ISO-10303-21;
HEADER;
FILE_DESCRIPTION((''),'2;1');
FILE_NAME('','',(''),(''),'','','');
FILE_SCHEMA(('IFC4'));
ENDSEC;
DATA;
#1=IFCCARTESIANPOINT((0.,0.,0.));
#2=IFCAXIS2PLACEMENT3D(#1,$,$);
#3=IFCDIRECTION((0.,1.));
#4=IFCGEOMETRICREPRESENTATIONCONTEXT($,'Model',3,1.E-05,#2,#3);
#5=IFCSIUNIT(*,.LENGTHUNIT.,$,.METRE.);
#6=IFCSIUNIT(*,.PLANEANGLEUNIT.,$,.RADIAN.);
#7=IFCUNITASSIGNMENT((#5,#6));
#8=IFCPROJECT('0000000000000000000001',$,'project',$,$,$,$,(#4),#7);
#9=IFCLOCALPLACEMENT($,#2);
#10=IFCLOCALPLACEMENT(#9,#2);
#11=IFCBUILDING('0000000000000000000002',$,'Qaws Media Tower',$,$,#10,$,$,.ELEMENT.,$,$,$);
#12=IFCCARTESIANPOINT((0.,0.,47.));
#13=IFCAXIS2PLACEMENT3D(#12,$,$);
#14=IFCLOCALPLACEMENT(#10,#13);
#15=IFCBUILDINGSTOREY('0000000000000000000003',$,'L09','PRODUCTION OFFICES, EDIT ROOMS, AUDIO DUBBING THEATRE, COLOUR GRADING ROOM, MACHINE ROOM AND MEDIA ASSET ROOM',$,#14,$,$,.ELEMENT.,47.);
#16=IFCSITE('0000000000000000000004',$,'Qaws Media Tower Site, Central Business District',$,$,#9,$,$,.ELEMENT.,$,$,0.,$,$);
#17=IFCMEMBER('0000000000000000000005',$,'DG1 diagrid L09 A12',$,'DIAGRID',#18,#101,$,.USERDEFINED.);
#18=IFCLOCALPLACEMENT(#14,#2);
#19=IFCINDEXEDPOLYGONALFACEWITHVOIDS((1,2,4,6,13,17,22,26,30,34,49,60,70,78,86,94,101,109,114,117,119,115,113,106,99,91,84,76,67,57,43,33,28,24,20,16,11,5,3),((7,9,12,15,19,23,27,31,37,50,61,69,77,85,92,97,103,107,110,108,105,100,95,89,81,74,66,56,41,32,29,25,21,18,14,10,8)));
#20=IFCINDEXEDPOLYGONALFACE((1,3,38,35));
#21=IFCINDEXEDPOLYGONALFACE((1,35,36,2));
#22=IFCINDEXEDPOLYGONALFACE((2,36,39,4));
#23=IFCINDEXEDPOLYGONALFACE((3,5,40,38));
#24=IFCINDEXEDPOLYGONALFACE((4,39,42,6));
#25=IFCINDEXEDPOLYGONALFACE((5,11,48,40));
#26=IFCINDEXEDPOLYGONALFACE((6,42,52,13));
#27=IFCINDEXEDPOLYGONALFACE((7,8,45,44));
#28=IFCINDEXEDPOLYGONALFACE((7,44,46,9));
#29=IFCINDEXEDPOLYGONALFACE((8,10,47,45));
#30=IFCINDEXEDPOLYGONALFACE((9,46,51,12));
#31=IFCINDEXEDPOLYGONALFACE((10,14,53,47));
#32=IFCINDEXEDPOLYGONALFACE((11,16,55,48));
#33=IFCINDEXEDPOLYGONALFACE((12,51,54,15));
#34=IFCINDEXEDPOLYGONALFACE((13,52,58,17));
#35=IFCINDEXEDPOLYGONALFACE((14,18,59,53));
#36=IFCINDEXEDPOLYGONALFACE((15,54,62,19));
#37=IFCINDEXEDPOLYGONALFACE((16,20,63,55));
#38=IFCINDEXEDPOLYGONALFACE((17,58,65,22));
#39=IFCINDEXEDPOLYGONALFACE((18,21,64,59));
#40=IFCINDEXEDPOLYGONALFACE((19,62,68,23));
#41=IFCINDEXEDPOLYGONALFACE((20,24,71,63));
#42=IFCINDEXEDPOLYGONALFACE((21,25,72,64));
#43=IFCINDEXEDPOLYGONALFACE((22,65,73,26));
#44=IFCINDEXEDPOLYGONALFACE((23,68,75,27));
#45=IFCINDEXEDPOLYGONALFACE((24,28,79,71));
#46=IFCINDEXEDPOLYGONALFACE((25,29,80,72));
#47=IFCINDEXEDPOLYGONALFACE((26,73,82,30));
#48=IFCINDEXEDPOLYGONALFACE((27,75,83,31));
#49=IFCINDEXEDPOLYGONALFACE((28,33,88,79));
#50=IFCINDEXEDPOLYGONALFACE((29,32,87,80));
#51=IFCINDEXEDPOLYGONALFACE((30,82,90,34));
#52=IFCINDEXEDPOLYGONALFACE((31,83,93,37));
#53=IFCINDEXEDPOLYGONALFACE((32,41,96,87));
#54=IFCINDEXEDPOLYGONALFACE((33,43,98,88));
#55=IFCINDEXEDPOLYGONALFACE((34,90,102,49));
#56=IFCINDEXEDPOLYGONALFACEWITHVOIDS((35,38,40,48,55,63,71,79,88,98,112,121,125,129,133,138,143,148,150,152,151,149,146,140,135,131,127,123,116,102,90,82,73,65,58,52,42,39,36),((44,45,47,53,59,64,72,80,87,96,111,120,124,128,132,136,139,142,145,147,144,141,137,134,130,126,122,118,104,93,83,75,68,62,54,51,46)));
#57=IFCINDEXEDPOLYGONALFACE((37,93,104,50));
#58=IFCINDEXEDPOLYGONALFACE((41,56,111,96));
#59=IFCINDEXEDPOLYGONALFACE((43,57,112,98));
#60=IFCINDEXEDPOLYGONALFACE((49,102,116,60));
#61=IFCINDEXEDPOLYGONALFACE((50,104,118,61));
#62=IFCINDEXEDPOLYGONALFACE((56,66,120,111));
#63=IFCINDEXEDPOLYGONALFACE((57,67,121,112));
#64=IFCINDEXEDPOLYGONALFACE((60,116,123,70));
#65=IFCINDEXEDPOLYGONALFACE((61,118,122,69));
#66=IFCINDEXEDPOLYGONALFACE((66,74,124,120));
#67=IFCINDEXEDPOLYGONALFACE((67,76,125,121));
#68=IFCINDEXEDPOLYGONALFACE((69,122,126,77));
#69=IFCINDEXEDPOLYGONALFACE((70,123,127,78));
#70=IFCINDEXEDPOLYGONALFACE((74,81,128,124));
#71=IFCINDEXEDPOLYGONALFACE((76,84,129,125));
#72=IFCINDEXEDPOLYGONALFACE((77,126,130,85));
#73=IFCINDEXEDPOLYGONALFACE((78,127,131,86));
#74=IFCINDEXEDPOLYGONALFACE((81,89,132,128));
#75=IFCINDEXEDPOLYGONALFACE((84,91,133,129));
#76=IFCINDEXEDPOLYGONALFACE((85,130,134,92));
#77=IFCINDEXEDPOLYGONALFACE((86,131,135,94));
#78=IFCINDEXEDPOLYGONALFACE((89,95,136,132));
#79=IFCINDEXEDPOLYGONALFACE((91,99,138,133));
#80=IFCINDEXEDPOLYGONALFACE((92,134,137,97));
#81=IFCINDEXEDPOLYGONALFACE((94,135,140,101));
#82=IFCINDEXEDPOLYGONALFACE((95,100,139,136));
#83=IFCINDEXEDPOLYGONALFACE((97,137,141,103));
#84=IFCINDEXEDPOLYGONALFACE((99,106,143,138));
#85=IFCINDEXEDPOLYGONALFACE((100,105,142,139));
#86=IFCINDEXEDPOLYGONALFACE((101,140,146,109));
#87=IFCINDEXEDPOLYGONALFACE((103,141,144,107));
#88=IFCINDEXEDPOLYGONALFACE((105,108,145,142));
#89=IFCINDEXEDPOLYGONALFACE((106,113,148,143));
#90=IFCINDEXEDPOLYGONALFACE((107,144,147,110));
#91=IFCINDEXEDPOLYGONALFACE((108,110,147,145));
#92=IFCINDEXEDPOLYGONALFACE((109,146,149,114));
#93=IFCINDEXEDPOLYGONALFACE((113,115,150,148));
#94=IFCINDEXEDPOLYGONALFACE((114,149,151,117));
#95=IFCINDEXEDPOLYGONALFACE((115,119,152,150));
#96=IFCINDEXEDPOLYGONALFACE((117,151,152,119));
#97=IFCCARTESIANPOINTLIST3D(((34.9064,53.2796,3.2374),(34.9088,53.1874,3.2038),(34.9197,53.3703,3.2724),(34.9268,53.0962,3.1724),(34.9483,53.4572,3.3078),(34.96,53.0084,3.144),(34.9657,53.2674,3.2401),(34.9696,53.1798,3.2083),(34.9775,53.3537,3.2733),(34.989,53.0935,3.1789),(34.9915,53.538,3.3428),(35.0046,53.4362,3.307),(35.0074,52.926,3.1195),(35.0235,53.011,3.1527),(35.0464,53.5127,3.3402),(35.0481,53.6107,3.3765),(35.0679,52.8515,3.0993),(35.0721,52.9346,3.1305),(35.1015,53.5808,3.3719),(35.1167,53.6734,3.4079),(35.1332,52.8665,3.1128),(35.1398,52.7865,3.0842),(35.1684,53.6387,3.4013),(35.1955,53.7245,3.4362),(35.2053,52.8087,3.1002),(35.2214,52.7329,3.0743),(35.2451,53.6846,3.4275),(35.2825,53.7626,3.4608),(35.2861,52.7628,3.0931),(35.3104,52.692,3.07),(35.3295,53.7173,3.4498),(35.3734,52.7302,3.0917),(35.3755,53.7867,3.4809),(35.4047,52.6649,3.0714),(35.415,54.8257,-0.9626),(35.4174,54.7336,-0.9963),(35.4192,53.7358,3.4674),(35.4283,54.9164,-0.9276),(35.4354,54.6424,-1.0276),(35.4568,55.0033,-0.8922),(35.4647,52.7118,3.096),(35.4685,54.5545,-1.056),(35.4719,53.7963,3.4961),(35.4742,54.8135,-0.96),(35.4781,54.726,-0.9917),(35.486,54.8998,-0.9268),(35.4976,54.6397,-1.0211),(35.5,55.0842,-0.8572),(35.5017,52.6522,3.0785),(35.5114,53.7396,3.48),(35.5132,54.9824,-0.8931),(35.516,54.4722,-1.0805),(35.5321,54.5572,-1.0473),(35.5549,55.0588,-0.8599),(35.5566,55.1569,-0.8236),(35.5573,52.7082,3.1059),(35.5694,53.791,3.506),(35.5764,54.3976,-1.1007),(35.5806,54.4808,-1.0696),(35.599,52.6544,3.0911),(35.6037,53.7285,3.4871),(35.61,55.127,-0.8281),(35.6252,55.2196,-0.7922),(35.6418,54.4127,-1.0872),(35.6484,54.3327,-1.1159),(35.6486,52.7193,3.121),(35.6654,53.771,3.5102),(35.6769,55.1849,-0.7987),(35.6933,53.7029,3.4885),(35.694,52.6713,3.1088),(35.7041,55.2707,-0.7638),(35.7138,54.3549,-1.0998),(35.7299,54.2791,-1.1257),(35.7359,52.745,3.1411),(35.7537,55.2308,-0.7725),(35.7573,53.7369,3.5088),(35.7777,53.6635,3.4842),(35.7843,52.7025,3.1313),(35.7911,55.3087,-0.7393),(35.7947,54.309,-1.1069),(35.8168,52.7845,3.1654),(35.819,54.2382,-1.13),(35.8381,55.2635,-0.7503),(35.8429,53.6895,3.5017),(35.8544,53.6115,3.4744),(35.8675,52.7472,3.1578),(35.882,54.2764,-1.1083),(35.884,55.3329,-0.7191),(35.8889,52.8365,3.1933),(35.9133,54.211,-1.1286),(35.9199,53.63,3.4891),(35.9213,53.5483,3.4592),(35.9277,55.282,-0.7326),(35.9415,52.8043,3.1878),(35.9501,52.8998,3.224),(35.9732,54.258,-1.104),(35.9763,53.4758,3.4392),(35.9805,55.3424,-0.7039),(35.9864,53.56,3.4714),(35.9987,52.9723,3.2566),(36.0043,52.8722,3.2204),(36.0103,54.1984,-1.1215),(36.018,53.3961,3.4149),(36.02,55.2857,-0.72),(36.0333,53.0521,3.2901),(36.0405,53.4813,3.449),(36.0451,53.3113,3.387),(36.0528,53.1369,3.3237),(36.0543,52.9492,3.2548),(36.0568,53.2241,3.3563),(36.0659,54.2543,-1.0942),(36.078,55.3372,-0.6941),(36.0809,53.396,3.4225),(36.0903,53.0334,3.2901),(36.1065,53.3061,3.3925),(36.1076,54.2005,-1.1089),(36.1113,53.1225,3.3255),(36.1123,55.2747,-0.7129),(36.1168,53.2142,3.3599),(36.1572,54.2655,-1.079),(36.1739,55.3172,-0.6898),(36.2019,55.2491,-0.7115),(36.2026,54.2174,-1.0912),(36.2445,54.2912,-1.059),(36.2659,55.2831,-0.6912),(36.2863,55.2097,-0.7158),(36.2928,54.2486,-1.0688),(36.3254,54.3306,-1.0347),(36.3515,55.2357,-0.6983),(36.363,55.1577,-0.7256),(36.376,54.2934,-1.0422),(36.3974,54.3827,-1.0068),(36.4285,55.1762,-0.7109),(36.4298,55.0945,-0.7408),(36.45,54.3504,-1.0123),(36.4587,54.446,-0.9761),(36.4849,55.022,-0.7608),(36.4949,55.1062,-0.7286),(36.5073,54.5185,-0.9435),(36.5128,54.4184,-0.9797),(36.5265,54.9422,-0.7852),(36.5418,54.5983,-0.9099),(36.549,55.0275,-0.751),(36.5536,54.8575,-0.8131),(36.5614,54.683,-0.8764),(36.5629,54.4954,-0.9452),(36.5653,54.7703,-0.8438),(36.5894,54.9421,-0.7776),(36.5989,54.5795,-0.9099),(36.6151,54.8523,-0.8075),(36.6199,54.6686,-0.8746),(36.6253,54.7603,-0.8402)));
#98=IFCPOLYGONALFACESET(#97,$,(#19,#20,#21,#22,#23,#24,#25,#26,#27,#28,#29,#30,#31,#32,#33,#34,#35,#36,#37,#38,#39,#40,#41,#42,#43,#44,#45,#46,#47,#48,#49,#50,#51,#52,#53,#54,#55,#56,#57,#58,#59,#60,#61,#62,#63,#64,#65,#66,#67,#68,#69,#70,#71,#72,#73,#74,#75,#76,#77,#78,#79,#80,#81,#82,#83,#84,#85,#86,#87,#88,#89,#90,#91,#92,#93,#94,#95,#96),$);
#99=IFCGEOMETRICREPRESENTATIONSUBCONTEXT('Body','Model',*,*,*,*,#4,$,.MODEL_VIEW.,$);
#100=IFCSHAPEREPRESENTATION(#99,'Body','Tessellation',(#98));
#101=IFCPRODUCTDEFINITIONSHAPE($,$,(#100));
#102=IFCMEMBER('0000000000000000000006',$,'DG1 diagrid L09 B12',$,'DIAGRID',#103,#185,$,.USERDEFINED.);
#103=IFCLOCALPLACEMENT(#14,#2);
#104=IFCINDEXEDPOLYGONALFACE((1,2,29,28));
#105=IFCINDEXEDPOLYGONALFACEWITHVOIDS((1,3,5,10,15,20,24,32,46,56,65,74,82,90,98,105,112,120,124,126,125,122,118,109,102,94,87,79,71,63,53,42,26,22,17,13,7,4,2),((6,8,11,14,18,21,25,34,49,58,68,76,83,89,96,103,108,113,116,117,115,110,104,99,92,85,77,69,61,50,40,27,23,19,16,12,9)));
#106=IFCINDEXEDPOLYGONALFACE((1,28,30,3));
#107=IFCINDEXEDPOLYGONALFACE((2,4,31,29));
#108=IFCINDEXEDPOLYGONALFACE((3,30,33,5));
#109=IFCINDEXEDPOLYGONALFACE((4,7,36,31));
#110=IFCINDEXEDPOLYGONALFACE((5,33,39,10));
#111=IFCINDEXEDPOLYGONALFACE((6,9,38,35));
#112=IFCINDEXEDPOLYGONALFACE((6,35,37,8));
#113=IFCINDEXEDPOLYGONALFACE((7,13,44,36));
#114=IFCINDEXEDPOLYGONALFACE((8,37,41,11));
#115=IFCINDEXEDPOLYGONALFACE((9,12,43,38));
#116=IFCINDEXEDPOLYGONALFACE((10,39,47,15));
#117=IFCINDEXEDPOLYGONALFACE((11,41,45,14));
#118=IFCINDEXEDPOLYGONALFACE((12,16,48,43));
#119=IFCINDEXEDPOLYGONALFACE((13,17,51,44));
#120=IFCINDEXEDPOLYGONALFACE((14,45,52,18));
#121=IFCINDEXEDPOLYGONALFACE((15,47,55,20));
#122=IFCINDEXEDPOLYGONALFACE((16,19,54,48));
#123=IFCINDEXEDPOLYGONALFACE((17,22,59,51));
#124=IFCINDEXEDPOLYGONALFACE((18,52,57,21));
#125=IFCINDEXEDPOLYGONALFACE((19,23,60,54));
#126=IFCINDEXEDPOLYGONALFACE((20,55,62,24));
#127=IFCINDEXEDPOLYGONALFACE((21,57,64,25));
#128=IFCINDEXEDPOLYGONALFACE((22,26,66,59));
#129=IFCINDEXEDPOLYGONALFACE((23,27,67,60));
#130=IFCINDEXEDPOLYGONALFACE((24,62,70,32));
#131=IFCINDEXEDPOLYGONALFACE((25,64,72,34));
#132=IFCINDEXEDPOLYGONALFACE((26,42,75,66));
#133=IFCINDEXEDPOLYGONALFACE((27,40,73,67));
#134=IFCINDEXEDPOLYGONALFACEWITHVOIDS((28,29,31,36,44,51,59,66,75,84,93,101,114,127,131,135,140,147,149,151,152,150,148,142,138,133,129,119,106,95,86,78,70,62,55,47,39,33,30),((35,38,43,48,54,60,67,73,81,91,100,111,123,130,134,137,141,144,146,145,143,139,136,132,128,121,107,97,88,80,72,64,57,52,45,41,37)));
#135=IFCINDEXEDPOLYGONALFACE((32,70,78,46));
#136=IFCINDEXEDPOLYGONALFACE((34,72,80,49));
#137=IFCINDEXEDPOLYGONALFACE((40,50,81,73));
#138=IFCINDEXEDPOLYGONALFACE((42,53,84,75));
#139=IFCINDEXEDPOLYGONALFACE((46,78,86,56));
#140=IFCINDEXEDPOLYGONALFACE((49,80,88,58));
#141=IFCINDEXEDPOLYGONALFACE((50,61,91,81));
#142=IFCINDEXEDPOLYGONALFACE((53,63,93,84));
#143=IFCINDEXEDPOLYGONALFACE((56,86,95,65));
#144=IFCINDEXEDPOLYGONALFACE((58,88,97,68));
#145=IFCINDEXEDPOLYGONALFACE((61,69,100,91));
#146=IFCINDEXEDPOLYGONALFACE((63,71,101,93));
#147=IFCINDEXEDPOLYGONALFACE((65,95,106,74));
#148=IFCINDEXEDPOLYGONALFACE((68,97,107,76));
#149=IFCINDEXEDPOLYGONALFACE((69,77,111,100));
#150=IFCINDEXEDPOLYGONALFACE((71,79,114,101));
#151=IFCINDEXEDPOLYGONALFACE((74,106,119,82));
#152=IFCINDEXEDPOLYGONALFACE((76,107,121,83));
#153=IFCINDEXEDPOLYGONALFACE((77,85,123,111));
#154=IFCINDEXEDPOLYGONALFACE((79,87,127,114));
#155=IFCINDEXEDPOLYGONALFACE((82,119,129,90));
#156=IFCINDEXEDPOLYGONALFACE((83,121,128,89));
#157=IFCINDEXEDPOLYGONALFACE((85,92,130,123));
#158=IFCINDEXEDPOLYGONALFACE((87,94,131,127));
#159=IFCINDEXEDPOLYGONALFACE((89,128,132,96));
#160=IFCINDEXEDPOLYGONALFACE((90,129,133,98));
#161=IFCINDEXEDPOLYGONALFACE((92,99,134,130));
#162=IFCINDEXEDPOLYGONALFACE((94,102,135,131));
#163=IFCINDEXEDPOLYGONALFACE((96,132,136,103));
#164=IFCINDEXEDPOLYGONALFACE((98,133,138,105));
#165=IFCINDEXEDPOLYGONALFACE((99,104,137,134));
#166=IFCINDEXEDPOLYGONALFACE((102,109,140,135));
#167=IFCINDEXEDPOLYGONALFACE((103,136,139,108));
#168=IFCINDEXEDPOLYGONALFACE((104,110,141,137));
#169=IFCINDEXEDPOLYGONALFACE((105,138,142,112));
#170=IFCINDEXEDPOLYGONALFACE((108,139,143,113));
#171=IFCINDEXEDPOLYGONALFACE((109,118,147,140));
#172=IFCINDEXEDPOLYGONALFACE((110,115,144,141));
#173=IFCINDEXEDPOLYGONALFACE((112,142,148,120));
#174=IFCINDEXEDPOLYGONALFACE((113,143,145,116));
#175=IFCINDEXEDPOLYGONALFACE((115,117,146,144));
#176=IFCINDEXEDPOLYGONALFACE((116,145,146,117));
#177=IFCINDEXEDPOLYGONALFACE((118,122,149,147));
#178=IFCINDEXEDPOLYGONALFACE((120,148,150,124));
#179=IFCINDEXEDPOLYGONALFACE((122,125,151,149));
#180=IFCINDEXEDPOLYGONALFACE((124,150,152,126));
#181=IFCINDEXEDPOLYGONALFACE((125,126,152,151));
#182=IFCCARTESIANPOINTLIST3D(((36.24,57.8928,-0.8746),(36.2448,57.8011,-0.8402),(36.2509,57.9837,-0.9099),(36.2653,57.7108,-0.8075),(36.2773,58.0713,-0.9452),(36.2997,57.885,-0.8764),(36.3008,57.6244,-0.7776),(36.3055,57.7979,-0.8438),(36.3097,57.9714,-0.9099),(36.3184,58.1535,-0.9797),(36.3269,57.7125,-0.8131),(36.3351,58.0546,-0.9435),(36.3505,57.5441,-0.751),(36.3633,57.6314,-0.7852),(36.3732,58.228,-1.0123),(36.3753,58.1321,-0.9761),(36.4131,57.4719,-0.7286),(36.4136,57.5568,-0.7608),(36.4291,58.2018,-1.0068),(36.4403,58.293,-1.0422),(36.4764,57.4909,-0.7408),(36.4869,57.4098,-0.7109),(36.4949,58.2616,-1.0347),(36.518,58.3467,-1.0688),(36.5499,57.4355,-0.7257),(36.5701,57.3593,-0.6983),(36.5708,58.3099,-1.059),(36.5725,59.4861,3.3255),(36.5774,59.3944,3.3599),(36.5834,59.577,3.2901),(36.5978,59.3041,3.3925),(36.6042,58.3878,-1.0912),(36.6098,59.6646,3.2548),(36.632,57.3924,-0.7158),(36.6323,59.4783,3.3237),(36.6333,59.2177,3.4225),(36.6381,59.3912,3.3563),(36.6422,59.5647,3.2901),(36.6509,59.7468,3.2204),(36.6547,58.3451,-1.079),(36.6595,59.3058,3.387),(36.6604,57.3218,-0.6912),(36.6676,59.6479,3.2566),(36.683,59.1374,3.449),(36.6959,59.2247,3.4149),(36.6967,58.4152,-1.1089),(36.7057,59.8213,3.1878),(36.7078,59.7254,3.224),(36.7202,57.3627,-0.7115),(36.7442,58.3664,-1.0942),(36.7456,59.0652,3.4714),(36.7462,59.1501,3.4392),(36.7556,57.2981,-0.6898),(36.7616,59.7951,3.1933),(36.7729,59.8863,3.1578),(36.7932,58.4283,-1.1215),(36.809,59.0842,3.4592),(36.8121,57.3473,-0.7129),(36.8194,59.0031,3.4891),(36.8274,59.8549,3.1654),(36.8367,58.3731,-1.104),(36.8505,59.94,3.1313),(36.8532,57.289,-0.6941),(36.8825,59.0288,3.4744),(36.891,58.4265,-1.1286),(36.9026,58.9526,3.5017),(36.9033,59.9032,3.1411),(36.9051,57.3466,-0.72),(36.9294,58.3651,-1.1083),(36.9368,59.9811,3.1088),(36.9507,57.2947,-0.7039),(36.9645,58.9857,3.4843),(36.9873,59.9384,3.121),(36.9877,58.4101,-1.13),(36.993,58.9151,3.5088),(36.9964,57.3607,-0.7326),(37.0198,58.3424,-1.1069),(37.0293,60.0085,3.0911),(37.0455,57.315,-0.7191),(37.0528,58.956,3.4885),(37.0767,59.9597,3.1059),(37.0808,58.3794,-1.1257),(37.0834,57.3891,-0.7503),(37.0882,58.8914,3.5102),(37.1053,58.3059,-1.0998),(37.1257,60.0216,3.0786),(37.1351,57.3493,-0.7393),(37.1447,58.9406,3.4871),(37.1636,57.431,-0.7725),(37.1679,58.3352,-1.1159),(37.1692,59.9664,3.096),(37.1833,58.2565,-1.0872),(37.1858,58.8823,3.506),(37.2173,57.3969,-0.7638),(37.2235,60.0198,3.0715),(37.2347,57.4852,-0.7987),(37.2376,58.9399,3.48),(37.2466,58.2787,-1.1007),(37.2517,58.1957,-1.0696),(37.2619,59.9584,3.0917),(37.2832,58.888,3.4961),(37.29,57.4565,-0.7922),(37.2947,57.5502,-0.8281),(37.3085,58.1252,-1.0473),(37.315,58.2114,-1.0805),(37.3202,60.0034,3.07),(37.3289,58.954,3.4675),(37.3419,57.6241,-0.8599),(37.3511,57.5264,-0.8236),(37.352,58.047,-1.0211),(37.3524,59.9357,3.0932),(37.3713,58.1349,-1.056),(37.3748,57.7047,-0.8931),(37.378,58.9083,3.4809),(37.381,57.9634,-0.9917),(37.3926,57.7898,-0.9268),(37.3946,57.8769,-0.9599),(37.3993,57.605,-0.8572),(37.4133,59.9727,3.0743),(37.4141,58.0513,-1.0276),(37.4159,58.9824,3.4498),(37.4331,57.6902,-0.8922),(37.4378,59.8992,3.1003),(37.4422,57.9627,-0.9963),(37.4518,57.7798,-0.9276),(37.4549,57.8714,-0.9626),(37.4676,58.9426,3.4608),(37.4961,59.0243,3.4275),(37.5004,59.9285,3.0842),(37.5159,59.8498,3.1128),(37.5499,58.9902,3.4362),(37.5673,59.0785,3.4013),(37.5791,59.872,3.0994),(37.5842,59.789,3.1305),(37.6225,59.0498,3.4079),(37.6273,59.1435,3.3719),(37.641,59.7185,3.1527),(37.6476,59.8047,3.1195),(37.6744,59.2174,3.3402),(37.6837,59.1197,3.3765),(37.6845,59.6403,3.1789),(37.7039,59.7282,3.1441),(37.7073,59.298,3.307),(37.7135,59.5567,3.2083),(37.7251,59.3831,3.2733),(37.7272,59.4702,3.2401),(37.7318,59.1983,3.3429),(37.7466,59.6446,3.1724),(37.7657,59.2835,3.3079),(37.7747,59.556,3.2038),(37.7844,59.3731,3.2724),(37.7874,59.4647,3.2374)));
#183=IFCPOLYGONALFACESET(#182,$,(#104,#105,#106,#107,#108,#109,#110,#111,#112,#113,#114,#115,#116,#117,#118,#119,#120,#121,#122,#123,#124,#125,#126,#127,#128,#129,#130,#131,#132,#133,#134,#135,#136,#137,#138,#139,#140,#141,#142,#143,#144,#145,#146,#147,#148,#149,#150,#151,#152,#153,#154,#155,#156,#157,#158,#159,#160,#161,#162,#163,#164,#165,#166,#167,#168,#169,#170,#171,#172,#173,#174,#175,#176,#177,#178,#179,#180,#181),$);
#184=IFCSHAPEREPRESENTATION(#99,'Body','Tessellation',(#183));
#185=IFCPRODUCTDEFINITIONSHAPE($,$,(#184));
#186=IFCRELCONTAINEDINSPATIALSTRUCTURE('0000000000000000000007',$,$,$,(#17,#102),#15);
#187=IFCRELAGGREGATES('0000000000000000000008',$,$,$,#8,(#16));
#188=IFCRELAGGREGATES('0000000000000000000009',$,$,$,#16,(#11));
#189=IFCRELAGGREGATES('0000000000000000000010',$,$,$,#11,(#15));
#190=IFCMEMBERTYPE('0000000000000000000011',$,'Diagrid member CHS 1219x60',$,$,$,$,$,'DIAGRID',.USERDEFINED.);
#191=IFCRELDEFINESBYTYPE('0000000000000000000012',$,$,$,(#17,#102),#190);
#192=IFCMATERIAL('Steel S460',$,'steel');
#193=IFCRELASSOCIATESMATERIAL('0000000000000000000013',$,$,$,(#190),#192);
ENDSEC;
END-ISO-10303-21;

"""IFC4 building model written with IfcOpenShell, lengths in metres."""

from ifc_helpers import new_model, si_unit, direction, frame, origin, origin_2d, place, context, subcontext, project, spatial, hollow_circle, extrude, material, material_profile, profile_set, type_object, element, save


model = new_model("IFC4")

# Units and contexts
model_context = context("Model", 3, precision=1e-05, world=origin(), true_north=direction((0.0, 1.0)))
body_context = subcontext(model_context, "Body", "Model", "MODEL_VIEW")
ifc_project = project(units=[si_unit("LENGTHUNIT", "METRE"), si_unit("PLANEANGLEUNIT", "RADIAN")], contexts=[model_context])

# Site, building, storey
site_placement = place(None, origin())
site = spatial("IfcSite", under=ifc_project, at=site_placement, Name="Qaws Media Tower Site, Central Business District", CompositionType="ELEMENT", RefElevation=0.0)
building_placement = place(site_placement, origin())
building = spatial("IfcBuilding", under=site, at=building_placement, Name="Qaws Media Tower", CompositionType="ELEMENT")
storey_placement = place(building_placement, frame((0.0, 0.0, 47.0)))
storey = spatial("IfcBuildingStorey", under=building, at=storey_placement, Name="L09", Description="PRODUCTION OFFICES, EDIT ROOMS, AUDIO DUBBING THEATRE, COLOUR GRADING ROOM, MACHINE ROOM AND MEDIA ASSET ROOM", CompositionType="ELEMENT", Elevation=47.0)

# Members
ifc_material_1 = material(Name="Steel S460", Category="steel")
ifc_material_profile_1 = material_profile(ifc_material_1, hollow_circle(Radius=0.6096, WallThickness=0.0601, at=origin_2d()), Name="CHS 1219x60")
ifc_profile_set_1 = profile_set([ifc_material_profile_1], Name="Steel S460")
member_type_1 = type_object("IfcMemberType", Name="Diagrid member CHS 1219x60", ElementType="DIAGRID", PredefinedType="USERDEFINED", material=ifc_profile_set_1)
for number, where, z_axis, x_axis, name in (
    (1, (36.0198, 54.77, -0.9099), (-0.112902, -0.343259, 0.93243), (0.949936, -0.312445, 0.0), "DG1 diagrid L09 A12"),
    (2, (36.8477, 57.8591, -0.9099), (0.073823, 0.353721, 0.932433), (-0.978908, 0.204302, 0.0), "DG1 diagrid L09 B12"),
):
    element("IfcMember", number, at=place(storey_placement, frame(where, z_axis=z_axis, x_axis=x_axis)), inside=storey, type_object=member_type_1, Name=name, ObjectType="DIAGRID", PredefinedType="USERDEFINED", context=body_context, shape_type="SweptSolid", body=[
        extrude(hollow_circle(Radius=0.6096, WallThickness=0.0601, at=origin_2d()), origin(), (0.0, 0.0, 1.0), 4.5044),
    ])

save(model, "model.ifc")
